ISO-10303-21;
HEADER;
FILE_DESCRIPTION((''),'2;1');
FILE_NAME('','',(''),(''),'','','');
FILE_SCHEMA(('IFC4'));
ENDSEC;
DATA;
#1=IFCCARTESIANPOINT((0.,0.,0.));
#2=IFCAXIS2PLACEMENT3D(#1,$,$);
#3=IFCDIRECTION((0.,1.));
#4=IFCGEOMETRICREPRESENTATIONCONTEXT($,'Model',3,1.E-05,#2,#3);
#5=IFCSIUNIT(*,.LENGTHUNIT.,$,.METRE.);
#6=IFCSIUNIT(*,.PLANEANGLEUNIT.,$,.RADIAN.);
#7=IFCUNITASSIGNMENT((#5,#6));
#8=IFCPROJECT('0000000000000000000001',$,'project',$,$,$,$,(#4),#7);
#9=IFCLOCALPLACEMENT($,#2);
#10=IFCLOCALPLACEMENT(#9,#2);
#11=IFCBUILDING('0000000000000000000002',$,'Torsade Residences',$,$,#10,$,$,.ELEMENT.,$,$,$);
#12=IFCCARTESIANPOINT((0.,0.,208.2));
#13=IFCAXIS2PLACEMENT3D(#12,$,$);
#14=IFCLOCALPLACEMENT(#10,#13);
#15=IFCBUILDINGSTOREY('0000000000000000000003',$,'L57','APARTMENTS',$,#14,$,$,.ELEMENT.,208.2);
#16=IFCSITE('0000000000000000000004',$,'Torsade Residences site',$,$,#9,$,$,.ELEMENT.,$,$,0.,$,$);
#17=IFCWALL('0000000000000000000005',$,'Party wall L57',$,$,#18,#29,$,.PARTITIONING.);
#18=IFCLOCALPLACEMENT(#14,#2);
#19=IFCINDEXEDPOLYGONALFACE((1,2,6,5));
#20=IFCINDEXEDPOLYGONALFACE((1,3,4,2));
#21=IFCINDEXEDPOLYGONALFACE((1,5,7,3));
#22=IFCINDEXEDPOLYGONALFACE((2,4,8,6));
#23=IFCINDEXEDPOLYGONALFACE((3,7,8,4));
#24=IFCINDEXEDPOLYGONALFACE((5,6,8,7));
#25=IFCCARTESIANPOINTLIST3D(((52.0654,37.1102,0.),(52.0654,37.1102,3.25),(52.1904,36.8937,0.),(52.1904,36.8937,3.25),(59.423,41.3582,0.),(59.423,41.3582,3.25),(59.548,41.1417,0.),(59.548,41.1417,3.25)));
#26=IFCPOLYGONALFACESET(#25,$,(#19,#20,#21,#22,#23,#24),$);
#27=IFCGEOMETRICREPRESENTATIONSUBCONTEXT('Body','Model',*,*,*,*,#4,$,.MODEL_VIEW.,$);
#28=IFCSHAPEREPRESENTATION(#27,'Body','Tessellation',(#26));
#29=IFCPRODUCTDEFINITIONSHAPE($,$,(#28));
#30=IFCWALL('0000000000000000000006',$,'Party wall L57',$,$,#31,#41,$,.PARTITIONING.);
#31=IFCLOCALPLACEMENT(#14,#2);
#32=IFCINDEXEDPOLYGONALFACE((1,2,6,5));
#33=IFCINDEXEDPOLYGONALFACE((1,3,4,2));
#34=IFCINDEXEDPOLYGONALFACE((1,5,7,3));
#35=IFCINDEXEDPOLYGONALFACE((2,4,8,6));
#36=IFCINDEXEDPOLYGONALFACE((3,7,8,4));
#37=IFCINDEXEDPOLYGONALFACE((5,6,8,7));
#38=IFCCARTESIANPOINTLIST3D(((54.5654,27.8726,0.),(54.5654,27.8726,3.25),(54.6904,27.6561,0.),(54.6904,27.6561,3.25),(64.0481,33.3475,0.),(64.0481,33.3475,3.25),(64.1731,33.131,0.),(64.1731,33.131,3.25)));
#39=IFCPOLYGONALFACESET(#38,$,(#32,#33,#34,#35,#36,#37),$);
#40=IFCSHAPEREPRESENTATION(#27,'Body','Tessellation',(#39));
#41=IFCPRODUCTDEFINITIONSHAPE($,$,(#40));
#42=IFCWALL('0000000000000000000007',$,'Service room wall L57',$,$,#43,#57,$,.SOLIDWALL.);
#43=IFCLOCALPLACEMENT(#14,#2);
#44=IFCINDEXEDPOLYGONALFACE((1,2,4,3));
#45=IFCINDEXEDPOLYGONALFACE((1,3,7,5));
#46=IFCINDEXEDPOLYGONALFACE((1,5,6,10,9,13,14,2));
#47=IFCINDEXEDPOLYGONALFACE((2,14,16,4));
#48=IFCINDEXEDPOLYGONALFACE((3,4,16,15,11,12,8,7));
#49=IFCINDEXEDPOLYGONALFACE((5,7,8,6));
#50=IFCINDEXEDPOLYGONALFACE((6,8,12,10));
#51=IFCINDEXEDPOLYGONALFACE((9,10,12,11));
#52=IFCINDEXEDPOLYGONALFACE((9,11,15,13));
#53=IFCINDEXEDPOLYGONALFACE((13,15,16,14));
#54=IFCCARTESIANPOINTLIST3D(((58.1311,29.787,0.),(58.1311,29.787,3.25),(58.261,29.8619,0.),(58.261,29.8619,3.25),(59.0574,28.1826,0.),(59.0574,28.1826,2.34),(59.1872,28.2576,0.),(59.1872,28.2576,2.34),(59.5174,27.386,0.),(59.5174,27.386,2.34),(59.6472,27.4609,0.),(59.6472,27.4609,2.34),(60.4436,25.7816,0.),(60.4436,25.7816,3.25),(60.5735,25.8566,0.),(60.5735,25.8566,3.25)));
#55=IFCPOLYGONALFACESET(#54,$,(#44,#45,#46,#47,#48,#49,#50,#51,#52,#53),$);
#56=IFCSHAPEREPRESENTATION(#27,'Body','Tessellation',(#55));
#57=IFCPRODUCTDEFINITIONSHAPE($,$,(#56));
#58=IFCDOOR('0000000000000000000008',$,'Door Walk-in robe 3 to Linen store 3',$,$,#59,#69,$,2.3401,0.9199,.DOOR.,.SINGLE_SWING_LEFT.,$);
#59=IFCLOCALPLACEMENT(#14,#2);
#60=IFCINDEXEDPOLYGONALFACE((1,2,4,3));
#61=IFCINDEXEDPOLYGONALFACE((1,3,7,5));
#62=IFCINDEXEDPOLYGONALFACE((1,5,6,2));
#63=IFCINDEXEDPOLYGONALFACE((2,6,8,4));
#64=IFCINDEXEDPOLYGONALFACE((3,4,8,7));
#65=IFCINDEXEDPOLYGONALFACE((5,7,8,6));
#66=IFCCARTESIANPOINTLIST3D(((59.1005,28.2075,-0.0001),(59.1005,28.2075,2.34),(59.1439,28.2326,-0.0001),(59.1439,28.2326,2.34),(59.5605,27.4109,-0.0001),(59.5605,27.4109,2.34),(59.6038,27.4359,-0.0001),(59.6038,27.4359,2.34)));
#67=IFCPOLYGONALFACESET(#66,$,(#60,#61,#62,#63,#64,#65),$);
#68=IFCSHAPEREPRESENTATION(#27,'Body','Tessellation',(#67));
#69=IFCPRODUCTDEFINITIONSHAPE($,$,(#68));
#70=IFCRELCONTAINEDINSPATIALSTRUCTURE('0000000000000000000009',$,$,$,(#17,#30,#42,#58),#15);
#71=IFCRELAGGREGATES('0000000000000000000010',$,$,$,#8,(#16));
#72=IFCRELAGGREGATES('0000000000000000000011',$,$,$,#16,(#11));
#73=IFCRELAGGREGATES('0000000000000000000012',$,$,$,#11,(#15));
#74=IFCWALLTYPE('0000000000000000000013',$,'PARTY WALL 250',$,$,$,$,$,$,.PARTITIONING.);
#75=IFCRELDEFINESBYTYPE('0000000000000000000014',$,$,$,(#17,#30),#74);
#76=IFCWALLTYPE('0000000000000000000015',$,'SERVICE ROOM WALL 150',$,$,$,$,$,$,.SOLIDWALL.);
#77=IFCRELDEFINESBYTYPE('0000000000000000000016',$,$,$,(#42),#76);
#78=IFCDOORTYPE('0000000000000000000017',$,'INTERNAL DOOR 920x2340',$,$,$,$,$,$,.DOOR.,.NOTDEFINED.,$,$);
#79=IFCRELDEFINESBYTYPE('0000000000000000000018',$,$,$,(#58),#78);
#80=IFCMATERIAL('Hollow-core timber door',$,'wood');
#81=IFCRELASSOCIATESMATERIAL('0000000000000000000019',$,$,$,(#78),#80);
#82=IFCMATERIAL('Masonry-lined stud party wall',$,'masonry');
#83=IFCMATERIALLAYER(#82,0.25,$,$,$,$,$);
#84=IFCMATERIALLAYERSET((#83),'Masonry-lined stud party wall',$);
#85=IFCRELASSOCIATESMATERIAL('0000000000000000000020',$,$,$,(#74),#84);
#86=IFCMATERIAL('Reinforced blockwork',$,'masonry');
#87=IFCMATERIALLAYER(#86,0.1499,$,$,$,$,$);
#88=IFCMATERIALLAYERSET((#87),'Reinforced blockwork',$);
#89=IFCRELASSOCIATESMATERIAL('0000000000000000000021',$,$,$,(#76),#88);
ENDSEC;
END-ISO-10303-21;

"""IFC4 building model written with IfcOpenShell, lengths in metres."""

from ifc_helpers import new_model, si_unit, direction, frame, frame_2d, origin, place, context, subcontext, project, spatial, rectangle, extrude, material, layer, layer_set, type_object, element, fill, save


model = new_model("IFC4")

# Units and contexts
model_context = context("Model", 3, precision=1e-05, world=origin(), true_north=direction((0.0, 1.0)))
body_context = subcontext(model_context, "Body", "Model", "MODEL_VIEW")
ifc_project = project(units=[si_unit("LENGTHUNIT", "METRE"), si_unit("PLANEANGLEUNIT", "RADIAN")], contexts=[model_context])

# Site, building, storey
site_placement = place(None, origin())
site = spatial("IfcSite", under=ifc_project, at=site_placement, Name="Torsade Residences site", CompositionType="ELEMENT", RefElevation=0.0)
building_placement = place(site_placement, origin())
building = spatial("IfcBuilding", under=site, at=building_placement, Name="Torsade Residences", CompositionType="ELEMENT")
storey_placement = place(building_placement, frame((0.0, 0.0, 208.2)))
storey = spatial("IfcBuildingStorey", under=building, at=storey_placement, Name="L57", Description="APARTMENTS", CompositionType="ELEMENT", Elevation=208.2)

# Shared definitions
ifc_material_1 = material(Name="Hollow-core timber door", Category="wood")
door_type = type_object("IfcDoorType", Name="INTERNAL DOOR 920x2340", OperationType="NOTDEFINED", PredefinedType="DOOR", material=ifc_material_1)

# Walls
ifc_material_2 = material(Name="Masonry-lined stud party wall", Category="masonry")
ifc_layer_1 = layer(ifc_material_2, 0.25)
ifc_layer_set_1 = layer_set([ifc_layer_1], Name="Masonry-lined stud party wall")
wall_type_1 = type_object("IfcWallType", Name="PARTY WALL 250", PredefinedType="PARTITIONING", material=ifc_layer_set_1)
wall_1_placement = place(storey_placement, frame((59.4856, 41.25, 0.0), z_axis=(0.0, 0.0, 1.0), x_axis=(-0.86602, -0.500009, 0.0)))
element("IfcWall", 1, at=wall_1_placement, inside=storey, type_object=wall_type_1, Name="Party wall L57", PredefinedType="PARTITIONING", context=body_context, shape_type="SweptSolid", body=[
    extrude(rectangle(XDim=8.4958, YDim=0.25, at=frame_2d((4.248, 0.0))), origin(), (0.0, 0.0, 1.0), 3.25),
])
wall_2_placement = place(storey_placement, frame((64.1106, 33.2393, 0.0), z_axis=(0.0, 0.0, 1.0), x_axis=(-0.866024, -0.500002, 0.0)))
element("IfcWall", 2, at=wall_2_placement, inside=storey, type_object=wall_type_1, Name="Party wall L57", PredefinedType="PARTITIONING", context=body_context, shape_type="SweptSolid", body=[
    extrude(rectangle(XDim=10.9497, YDim=0.25, at=frame_2d((5.4749, 0.0))), origin(), (0.0, 0.0, 1.0), 3.25),
])

# Wall, opening, door
ifc_material_3 = material(Name="Reinforced blockwork", Category="masonry")
ifc_layer_2 = layer(ifc_material_3, 0.1499)
ifc_layer_set_2 = layer_set([ifc_layer_2], Name="Reinforced blockwork")
wall_type_2 = type_object("IfcWallType", Name="SERVICE ROOM WALL 150", PredefinedType="SOLIDWALL", material=ifc_layer_set_2)
wall_3_placement = place(storey_placement, frame((58.196, 29.8245, 0.0), z_axis=(0.0, 0.0, 1.0), x_axis=(0.5, -0.866026, 0.0)))
wall_3 = element("IfcWall", 3, at=wall_3_placement, inside=storey, type_object=wall_type_2, Name="Service room wall L57", PredefinedType="SOLIDWALL", context=body_context, shape_type="SweptSolid", body=[
    extrude(rectangle(XDim=4.625, YDim=0.1499, at=frame_2d((2.3125, 0.0))), origin(), (0.0, 0.0, 1.0), 3.25),
])
opening_1_placement = place(wall_3_placement, frame((1.8525, 0.0, 0.0)))
opening_1 = element("IfcOpeningElement", 4, at=opening_1_placement, cuts=wall_3, PredefinedType="OPENING", context=body_context, shape_type="SweptSolid", body=[
    extrude(rectangle(XDim=0.9199, YDim=2.3401, at=frame_2d((0.46, 1.1699))), frame((0.0, 0.085, 0.0), z_axis=(0.0, -1.0, 0.0), x_axis=(1.0, 0.0, 0.0)), (0.0, 0.0, 1.0), 0.1699),
])
door_1_placement = place(opening_1_placement, origin())
door_1 = element("IfcDoor", 5, at=door_1_placement, inside=storey, type_object=door_type, Name="Door Walk-in robe 3 to Linen store 3", OperationType="SINGLE_SWING_LEFT", OverallHeight=2.3401, OverallWidth=0.9199, PredefinedType="DOOR", context=body_context, shape_type="SweptSolid", body=[
    extrude(rectangle(XDim=0.9199, YDim=2.3401, at=frame_2d((0.46, 1.1699))), frame((0.0, 0.0249, 0.0), z_axis=(0.0, -1.0, 0.0), x_axis=(1.0, 0.0, 0.0)), (0.0, 0.0, 1.0), 0.05),
])
fill(opening_1, door_1)

save(model, "model.ifc")
